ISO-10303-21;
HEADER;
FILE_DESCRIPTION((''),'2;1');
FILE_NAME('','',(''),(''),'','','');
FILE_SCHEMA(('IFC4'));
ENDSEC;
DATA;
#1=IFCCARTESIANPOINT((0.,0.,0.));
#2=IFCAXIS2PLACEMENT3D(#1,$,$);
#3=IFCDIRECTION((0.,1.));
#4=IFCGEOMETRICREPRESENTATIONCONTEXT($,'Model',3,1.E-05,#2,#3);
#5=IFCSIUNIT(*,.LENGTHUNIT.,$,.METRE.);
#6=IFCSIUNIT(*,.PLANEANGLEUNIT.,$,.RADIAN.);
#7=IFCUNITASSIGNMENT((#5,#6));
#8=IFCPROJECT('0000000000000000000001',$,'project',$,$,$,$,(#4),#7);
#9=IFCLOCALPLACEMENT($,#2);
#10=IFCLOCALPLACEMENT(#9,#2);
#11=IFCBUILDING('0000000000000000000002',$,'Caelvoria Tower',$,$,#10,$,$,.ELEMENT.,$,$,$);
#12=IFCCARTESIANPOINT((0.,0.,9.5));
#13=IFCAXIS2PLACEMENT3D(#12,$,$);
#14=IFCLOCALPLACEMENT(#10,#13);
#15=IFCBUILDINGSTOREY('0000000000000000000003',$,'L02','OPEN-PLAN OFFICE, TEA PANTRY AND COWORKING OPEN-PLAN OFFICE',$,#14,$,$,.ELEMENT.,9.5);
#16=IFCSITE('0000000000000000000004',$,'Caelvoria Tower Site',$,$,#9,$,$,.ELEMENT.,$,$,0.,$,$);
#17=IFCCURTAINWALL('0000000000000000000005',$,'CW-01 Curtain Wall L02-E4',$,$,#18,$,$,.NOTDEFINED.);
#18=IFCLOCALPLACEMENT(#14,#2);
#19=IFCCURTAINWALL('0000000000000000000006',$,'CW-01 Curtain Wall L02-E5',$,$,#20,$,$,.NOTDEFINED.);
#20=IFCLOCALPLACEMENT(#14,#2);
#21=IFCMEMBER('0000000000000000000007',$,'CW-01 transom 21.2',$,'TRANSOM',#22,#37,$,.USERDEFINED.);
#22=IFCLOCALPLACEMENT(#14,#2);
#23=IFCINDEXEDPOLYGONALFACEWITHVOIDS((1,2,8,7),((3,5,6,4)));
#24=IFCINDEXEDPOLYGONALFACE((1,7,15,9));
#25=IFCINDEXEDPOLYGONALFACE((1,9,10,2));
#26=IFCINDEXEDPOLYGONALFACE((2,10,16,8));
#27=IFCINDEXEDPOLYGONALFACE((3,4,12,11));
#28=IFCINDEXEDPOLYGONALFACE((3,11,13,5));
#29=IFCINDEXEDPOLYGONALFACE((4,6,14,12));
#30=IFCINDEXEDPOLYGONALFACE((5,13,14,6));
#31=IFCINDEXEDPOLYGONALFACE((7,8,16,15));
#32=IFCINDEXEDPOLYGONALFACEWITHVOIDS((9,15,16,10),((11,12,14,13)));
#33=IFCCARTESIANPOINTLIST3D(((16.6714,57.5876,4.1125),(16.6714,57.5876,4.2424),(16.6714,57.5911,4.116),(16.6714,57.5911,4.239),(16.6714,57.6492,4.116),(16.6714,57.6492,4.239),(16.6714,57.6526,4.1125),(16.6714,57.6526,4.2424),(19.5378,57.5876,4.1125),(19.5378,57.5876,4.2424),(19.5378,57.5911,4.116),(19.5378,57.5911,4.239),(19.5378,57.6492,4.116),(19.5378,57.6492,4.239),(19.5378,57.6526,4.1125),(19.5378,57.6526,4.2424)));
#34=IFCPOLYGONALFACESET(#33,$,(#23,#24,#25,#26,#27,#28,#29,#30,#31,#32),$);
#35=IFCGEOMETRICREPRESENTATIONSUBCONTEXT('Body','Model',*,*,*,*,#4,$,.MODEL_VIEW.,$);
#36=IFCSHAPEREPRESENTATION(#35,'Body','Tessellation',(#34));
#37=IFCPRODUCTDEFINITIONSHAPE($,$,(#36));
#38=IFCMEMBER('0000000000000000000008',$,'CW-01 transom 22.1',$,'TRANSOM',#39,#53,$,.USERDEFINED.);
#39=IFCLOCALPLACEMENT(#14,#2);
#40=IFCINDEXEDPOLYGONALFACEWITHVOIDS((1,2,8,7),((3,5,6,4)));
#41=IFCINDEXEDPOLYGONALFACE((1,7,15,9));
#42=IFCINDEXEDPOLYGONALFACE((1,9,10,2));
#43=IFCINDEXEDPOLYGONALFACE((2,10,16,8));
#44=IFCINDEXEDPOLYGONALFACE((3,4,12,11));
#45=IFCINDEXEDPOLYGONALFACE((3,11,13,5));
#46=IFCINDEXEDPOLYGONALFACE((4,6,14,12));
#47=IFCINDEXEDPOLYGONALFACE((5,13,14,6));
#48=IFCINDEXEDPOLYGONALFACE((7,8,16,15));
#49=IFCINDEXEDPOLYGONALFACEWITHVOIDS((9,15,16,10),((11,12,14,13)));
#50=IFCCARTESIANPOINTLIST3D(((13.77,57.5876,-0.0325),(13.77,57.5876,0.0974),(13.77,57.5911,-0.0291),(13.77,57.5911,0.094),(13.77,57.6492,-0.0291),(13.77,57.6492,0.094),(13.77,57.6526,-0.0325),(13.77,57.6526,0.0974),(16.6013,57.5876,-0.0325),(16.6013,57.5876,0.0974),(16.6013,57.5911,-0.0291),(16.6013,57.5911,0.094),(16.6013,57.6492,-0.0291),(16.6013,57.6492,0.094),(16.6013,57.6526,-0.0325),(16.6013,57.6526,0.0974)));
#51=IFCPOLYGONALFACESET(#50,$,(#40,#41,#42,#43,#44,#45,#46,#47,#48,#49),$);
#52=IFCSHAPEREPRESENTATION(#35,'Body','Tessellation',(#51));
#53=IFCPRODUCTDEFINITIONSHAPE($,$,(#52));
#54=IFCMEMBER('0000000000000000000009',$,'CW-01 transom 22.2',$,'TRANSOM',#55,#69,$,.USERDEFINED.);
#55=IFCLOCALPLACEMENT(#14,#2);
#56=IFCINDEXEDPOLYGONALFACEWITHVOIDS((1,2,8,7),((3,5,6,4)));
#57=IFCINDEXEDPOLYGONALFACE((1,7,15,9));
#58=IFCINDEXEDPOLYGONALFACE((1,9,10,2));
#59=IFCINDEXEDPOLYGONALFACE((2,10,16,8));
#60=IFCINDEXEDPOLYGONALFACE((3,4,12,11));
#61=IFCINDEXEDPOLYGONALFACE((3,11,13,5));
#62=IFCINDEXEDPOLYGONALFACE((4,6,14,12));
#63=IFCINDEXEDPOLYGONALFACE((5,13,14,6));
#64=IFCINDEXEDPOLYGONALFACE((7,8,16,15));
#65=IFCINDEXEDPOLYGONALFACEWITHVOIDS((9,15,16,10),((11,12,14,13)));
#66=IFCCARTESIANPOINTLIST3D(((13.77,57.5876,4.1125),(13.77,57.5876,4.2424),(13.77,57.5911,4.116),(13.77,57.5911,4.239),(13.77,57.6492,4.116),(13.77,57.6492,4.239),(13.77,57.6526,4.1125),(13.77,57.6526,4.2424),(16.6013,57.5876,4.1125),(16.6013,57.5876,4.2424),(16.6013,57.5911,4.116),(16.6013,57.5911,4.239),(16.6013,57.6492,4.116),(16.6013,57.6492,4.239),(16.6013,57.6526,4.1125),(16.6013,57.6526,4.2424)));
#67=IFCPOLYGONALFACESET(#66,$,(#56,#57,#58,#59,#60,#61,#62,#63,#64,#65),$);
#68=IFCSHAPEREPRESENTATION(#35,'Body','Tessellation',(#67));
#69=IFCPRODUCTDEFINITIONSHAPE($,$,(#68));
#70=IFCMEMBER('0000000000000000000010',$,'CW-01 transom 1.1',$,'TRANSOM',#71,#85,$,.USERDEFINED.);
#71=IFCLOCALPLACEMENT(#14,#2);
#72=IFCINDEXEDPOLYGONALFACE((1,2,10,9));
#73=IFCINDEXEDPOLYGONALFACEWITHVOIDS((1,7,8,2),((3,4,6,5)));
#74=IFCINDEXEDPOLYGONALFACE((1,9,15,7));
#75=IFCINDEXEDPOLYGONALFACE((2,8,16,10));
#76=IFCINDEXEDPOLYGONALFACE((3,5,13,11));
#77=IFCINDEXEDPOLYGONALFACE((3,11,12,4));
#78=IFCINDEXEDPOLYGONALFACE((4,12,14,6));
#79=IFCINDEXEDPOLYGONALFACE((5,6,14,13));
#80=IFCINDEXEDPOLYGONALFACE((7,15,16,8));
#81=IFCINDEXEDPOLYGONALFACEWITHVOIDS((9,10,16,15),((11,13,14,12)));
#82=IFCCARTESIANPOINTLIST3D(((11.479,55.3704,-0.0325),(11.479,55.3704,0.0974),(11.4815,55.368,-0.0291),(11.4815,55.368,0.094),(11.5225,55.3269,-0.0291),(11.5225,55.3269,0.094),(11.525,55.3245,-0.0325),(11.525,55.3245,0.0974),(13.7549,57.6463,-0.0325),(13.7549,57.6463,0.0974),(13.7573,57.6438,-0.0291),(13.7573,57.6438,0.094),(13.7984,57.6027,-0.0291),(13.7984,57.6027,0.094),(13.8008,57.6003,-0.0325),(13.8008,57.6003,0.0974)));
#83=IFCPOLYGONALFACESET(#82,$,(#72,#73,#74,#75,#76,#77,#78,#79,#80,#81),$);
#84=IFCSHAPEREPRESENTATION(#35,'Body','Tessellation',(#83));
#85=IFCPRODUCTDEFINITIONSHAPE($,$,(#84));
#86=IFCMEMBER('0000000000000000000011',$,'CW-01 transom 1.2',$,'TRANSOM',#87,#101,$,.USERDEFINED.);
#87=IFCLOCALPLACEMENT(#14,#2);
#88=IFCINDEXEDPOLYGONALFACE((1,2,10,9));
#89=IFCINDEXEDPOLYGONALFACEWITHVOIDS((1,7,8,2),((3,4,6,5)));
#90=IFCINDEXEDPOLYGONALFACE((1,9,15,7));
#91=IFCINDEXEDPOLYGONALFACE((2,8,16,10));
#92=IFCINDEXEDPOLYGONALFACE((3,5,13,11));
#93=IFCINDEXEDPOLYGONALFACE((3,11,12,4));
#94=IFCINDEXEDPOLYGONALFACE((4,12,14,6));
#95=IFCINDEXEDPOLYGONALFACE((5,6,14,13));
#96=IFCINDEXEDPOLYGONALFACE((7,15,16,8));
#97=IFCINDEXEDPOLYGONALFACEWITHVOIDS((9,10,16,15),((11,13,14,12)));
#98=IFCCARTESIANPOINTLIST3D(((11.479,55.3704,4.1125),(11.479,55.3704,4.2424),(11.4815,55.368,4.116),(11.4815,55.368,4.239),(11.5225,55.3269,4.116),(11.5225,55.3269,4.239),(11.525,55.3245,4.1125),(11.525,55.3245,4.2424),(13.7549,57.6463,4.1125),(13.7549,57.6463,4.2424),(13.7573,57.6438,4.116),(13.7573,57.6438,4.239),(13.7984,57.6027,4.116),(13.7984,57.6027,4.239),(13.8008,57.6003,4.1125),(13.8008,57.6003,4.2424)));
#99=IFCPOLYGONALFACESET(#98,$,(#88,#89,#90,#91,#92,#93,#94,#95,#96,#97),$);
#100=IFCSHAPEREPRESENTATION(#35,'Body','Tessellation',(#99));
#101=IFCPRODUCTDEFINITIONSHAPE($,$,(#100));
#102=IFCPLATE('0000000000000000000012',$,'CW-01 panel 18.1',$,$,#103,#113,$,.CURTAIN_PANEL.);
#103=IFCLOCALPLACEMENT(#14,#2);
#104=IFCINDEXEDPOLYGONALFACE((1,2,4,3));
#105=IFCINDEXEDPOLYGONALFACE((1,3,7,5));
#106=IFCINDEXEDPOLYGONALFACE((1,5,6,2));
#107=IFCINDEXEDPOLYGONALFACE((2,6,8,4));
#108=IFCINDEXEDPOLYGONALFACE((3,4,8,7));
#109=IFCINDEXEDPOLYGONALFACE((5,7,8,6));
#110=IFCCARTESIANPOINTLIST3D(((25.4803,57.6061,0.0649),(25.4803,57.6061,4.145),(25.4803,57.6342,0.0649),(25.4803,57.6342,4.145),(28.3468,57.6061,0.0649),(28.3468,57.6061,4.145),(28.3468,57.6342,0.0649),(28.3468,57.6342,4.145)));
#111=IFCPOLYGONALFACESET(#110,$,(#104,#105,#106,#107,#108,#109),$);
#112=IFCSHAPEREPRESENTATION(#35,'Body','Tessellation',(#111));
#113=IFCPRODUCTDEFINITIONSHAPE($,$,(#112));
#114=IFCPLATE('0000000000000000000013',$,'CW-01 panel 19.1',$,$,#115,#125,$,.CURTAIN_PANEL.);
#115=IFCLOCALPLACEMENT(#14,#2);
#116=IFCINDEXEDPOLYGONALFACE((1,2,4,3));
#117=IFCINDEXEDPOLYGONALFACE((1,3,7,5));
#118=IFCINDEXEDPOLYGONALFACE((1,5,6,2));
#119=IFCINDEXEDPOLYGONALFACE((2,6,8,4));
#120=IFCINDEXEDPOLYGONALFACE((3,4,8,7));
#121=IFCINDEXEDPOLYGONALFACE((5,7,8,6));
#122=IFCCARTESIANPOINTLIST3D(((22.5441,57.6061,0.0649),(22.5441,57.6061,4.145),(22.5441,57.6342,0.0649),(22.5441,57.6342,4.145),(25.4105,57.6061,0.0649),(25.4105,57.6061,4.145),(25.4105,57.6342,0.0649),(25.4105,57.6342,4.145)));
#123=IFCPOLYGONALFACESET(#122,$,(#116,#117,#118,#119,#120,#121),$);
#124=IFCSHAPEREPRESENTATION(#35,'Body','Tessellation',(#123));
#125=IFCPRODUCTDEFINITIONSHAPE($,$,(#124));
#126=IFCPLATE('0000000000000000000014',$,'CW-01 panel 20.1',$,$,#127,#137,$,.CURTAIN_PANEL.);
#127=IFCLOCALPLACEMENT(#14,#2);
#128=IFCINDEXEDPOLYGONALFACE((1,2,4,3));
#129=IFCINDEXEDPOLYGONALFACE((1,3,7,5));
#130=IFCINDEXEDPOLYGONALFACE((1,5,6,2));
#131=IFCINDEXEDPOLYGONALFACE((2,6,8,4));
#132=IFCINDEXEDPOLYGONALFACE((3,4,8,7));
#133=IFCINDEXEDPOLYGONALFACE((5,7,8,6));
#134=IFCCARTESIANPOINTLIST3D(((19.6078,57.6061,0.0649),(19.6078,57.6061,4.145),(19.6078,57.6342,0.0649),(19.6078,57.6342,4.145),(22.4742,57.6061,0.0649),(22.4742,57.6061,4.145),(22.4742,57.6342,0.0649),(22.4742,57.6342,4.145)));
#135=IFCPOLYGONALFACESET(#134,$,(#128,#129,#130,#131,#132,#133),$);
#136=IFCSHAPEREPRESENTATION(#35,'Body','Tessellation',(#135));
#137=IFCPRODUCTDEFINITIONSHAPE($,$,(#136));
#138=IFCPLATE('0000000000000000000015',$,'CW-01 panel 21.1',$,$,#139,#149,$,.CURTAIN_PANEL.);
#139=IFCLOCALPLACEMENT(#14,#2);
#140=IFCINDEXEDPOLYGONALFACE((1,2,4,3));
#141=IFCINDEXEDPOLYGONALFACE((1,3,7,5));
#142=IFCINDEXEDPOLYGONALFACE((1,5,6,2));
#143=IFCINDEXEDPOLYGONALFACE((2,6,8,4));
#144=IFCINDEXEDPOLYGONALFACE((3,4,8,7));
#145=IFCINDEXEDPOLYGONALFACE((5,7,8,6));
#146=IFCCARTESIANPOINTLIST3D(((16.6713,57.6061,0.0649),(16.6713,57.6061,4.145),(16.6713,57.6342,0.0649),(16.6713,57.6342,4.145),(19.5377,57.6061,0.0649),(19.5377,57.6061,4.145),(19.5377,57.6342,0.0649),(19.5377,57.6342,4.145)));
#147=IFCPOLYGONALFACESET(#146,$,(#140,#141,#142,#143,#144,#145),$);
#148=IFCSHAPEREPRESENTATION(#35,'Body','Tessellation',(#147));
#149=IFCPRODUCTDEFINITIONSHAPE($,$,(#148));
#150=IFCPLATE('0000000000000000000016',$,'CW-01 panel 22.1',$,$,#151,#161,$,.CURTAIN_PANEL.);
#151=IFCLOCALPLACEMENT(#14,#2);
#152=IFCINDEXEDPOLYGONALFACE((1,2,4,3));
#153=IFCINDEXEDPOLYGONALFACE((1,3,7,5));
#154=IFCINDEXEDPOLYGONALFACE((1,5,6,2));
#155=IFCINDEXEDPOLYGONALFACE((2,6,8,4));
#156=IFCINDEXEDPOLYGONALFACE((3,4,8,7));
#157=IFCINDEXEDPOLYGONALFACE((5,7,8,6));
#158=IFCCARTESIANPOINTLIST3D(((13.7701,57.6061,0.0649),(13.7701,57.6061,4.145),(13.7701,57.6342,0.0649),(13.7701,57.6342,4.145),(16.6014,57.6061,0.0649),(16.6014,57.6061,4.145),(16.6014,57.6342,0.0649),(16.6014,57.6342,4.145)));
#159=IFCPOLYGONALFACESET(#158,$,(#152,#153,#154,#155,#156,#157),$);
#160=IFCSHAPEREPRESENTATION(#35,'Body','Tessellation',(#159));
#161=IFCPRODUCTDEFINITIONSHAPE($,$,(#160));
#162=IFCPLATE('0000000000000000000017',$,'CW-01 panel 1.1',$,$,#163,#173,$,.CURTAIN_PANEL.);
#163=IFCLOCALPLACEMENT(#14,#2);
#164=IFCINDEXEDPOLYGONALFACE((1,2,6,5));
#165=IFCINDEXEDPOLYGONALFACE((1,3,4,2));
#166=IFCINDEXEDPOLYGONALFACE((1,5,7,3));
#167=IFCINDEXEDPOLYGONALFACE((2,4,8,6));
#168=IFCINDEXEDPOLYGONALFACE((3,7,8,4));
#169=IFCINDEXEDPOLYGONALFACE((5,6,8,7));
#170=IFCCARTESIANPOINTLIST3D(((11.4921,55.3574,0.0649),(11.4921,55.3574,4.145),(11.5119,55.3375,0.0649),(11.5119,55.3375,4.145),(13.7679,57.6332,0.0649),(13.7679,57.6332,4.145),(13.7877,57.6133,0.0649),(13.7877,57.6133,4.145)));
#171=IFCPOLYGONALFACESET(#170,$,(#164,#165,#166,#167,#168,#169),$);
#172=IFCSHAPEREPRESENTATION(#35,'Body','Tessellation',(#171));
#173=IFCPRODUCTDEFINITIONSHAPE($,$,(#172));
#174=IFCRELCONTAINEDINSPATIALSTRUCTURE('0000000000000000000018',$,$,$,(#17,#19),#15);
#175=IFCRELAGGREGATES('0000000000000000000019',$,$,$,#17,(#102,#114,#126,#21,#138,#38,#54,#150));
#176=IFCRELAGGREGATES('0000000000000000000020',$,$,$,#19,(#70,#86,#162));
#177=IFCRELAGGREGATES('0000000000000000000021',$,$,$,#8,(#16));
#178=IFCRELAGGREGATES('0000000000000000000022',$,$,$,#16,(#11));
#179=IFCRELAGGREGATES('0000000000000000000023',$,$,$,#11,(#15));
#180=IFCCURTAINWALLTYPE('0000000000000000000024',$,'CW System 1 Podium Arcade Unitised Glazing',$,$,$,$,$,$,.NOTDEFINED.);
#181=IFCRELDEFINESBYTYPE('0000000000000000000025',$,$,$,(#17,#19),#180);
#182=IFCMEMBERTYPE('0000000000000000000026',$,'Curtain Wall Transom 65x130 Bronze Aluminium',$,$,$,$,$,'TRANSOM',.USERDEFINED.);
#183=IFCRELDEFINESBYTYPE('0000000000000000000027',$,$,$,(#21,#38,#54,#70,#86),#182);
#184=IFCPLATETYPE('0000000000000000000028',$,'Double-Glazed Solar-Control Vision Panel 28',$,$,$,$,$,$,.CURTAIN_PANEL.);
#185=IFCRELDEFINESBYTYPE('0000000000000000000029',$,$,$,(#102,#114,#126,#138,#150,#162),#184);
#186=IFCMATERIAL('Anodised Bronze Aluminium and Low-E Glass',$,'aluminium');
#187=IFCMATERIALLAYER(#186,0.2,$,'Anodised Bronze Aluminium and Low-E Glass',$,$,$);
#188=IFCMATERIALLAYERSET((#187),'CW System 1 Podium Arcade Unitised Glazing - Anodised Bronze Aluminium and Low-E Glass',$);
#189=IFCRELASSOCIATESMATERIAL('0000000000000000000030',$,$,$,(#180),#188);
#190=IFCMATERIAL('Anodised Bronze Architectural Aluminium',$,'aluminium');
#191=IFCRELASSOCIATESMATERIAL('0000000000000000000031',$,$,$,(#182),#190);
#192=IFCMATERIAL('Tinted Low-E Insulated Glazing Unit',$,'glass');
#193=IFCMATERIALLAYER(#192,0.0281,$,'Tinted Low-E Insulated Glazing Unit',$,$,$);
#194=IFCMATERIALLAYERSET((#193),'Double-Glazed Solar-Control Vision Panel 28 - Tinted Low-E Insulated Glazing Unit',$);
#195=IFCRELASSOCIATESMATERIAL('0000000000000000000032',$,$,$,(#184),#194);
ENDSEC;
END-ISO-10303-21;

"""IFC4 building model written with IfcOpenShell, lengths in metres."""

from ifc_helpers import new_model, si_unit, direction, frame, origin, origin_2d, place, context, subcontext, project, spatial, rectangle, hollow_rectangle, extrude, material, layer, layer_set, material_profile, profile_set, type_object, element, aggregate, save


model = new_model("IFC4")

# Units and contexts
model_context = context("Model", 3, precision=1e-05, world=origin(), true_north=direction((0.0, 1.0)))
body_context = subcontext(model_context, "Body", "Model", "MODEL_VIEW")
ifc_project = project(units=[si_unit("LENGTHUNIT", "METRE"), si_unit("PLANEANGLEUNIT", "RADIAN")], contexts=[model_context])

# Site, building, storey
site_placement = place(None, origin())
site = spatial("IfcSite", under=ifc_project, at=site_placement, Name="Caelvoria Tower Site", CompositionType="ELEMENT", RefElevation=0.0)
building_placement = place(site_placement, origin())
building = spatial("IfcBuilding", under=site, at=building_placement, Name="Caelvoria Tower", CompositionType="ELEMENT")
storey_placement = place(building_placement, frame((0.0, 0.0, 9.5)))
storey = spatial("IfcBuildingStorey", under=building, at=storey_placement, Name="L02", Description="OPEN-PLAN OFFICE, TEA PANTRY AND COWORKING OPEN-PLAN OFFICE", CompositionType="ELEMENT", Elevation=9.5)

# Curtain wall
ifc_material_1 = material(Name="Anodised Bronze Aluminium and Low-E Glass", Category="aluminium")
ifc_layer_1 = layer(ifc_material_1, 0.2, Name="Anodised Bronze Aluminium and Low-E Glass")
ifc_layer_set_1 = layer_set([ifc_layer_1], Name="CW System 1 Podium Arcade Unitised Glazing - Anodised Bronze Aluminium and Low-E Glass")
curtain_wall_type = type_object("IfcCurtainWallType", Name="CW System 1 Podium Arcade Unitised Glazing", PredefinedType="NOTDEFINED", material=ifc_layer_set_1)
curtain_wall_1_placement = place(storey_placement, origin())
curtain_wall_1 = element("IfcCurtainWall", 1, at=curtain_wall_1_placement, inside=storey, type_object=curtain_wall_type, Name="CW-01 Curtain Wall L02-E4", PredefinedType="NOTDEFINED")
ifc_material_2 = material(Name="Anodised Bronze Architectural Aluminium", Category="aluminium")

# Curtain wall
curtain_wall_2_placement = place(storey_placement, origin())
curtain_wall_2 = element("IfcCurtainWall", 2, at=curtain_wall_2_placement, inside=storey, type_object=curtain_wall_type, Name="CW-01 Curtain Wall L02-E5", PredefinedType="NOTDEFINED")

# Members
ifc_material_profile_1 = material_profile(ifc_material_2, hollow_rectangle(XDim=0.0649, YDim=0.1299, WallThickness=0.0034, at=origin_2d()), Name="Anodised Bronze Architectural Aluminium")
ifc_profile_set_1 = profile_set([ifc_material_profile_1], Name="CW_TRAN_65X130 - Anodised Bronze Architectural Aluminium")
member_type_1 = type_object("IfcMemberType", Name="Curtain Wall Transom 65x130 Bronze Aluminium", ElementType="TRANSOM", PredefinedType="USERDEFINED", material=ifc_profile_set_1)
member_1_placement = place(storey_placement, frame((19.5378, 57.6201, 4.1775), z_axis=(-1.0, 0.0, 0.0), x_axis=(0.0, -1.0, 0.0)))
member_1 = element("IfcMember", 3, at=member_1_placement, type_object=member_type_1, Name="CW-01 transom 21.2", ObjectType="TRANSOM", PredefinedType="USERDEFINED", context=body_context, shape_type="SweptSolid", body=[
    extrude(hollow_rectangle(XDim=0.0649, YDim=0.1299, WallThickness=0.0034, at=origin_2d()), origin(), (0.0, 0.0, 1.0), 2.8665),
])
member_2_placement = place(storey_placement, frame((16.6013, 57.6201, 0.0325), z_axis=(-1.0, 0.0, 0.0), x_axis=(0.0, -1.0, 0.0)))
member_2 = element("IfcMember", 4, at=member_2_placement, type_object=member_type_1, Name="CW-01 transom 22.1", ObjectType="TRANSOM", PredefinedType="USERDEFINED", context=body_context, shape_type="SweptSolid", body=[
    extrude(hollow_rectangle(XDim=0.0649, YDim=0.1299, WallThickness=0.0034, at=origin_2d()), origin(), (0.0, 0.0, 1.0), 2.8313),
])
member_3_placement = place(storey_placement, frame((16.6013, 57.6201, 4.1775), z_axis=(-1.0, 0.0, 0.0), x_axis=(0.0, -1.0, 0.0)))
member_3 = element("IfcMember", 5, at=member_3_placement, type_object=member_type_1, Name="CW-01 transom 22.2", ObjectType="TRANSOM", PredefinedType="USERDEFINED", context=body_context, shape_type="SweptSolid", body=[
    extrude(hollow_rectangle(XDim=0.0649, YDim=0.1299, WallThickness=0.0034, at=origin_2d()), origin(), (0.0, 0.0, 1.0), 2.8313),
])
member_4_placement = place(storey_placement, frame((13.7778, 57.6233, 0.0325), z_axis=(-0.707107, -0.707107, 0.0), x_axis=(0.707107, -0.707107, 0.0)))
member_4 = element("IfcMember", 6, at=member_4_placement, type_object=member_type_1, Name="CW-01 transom 1.1", ObjectType="TRANSOM", PredefinedType="USERDEFINED", context=body_context, shape_type="SweptSolid", body=[
    extrude(hollow_rectangle(XDim=0.0649, YDim=0.1299, WallThickness=0.0034, at=origin_2d()), origin(), (0.0, 0.0, 1.0), 3.2185),
])
member_5_placement = place(storey_placement, frame((13.7778, 57.6233, 4.1775), z_axis=(-0.707107, -0.707107, 0.0), x_axis=(0.707107, -0.707107, 0.0)))
member_5 = element("IfcMember", 7, at=member_5_placement, type_object=member_type_1, Name="CW-01 transom 1.2", ObjectType="TRANSOM", PredefinedType="USERDEFINED", context=body_context, shape_type="SweptSolid", body=[
    extrude(hollow_rectangle(XDim=0.0649, YDim=0.1299, WallThickness=0.0034, at=origin_2d()), origin(), (0.0, 0.0, 1.0), 3.2185),
])

# Plates
ifc_material_3 = material(Name="Tinted Low-E Insulated Glazing Unit", Category="glass")
ifc_layer_2 = layer(ifc_material_3, 0.0281, Name="Tinted Low-E Insulated Glazing Unit")
ifc_layer_set_2 = layer_set([ifc_layer_2], Name="Double-Glazed Solar-Control Vision Panel 28 - Tinted Low-E Insulated Glazing Unit")
plate_type = type_object("IfcPlateType", Name="Double-Glazed Solar-Control Vision Panel 28", PredefinedType="CURTAIN_PANEL", material=ifc_layer_set_2)
plate_1_placement = place(storey_placement, frame((26.9136, 57.6201, 0.0649), z_axis=(0.0, 0.0, 1.0), x_axis=(-1.0, 0.0, 0.0)))
plate_1 = element("IfcPlate", 8, at=plate_1_placement, type_object=plate_type, Name="CW-01 panel 18.1", PredefinedType="CURTAIN_PANEL", context=body_context, shape_type="SweptSolid", body=[
    extrude(rectangle(XDim=2.8665, YDim=0.0281, at=origin_2d()), origin(), (0.0, 0.0, 1.0), 4.0801),
])
plate_2_placement = place(storey_placement, frame((23.9773, 57.6201, 0.0649), z_axis=(0.0, 0.0, 1.0), x_axis=(-1.0, 0.0, 0.0)))
plate_2 = element("IfcPlate", 9, at=plate_2_placement, type_object=plate_type, Name="CW-01 panel 19.1", PredefinedType="CURTAIN_PANEL", context=body_context, shape_type="SweptSolid", body=[
    extrude(rectangle(XDim=2.8665, YDim=0.0281, at=origin_2d()), origin(), (0.0, 0.0, 1.0), 4.0801),
])
plate_3_placement = place(storey_placement, frame((21.041, 57.6201, 0.0649), z_axis=(0.0, 0.0, 1.0), x_axis=(-1.0, 0.0, 0.0)))
plate_3 = element("IfcPlate", 10, at=plate_3_placement, type_object=plate_type, Name="CW-01 panel 20.1", PredefinedType="CURTAIN_PANEL", context=body_context, shape_type="SweptSolid", body=[
    extrude(rectangle(XDim=2.8665, YDim=0.0281, at=origin_2d()), origin(), (0.0, 0.0, 1.0), 4.0801),
])
plate_4_placement = place(storey_placement, frame((18.1045, 57.6201, 0.0649), z_axis=(0.0, 0.0, 1.0), x_axis=(-1.0, 0.0, 0.0)))
plate_4 = element("IfcPlate", 11, at=plate_4_placement, type_object=plate_type, Name="CW-01 panel 21.1", PredefinedType="CURTAIN_PANEL", context=body_context, shape_type="SweptSolid", body=[
    extrude(rectangle(XDim=2.8665, YDim=0.0281, at=origin_2d()), origin(), (0.0, 0.0, 1.0), 4.0801),
])
plate_5_placement = place(storey_placement, frame((15.1858, 57.6201, 0.0649), z_axis=(0.0, 0.0, 1.0), x_axis=(-1.0, 0.0, 0.0)))
plate_5 = element("IfcPlate", 12, at=plate_5_placement, type_object=plate_type, Name="CW-01 panel 22.1", PredefinedType="CURTAIN_PANEL", context=body_context, shape_type="SweptSolid", body=[
    extrude(rectangle(XDim=2.8313, YDim=0.0281, at=origin_2d()), origin(), (0.0, 0.0, 1.0), 4.0801),
])
aggregate(curtain_wall_1, [plate_1, plate_2, plate_3, member_1, plate_4, member_2, member_3, plate_5])
plate_6_placement = place(storey_placement, frame((12.6399, 56.4854, 0.0649), z_axis=(0.0, 0.0, 1.0), x_axis=(-0.707107, -0.707107, 0.0)))
plate_6 = element("IfcPlate", 13, at=plate_6_placement, type_object=plate_type, Name="CW-01 panel 1.1", PredefinedType="CURTAIN_PANEL", context=body_context, shape_type="SweptSolid", body=[
    extrude(rectangle(XDim=3.2185, YDim=0.0281, at=origin_2d()), origin(), (0.0, 0.0, 1.0), 4.0801),
])
aggregate(curtain_wall_2, [member_4, member_5, plate_6])

save(model, "model.ifc")
